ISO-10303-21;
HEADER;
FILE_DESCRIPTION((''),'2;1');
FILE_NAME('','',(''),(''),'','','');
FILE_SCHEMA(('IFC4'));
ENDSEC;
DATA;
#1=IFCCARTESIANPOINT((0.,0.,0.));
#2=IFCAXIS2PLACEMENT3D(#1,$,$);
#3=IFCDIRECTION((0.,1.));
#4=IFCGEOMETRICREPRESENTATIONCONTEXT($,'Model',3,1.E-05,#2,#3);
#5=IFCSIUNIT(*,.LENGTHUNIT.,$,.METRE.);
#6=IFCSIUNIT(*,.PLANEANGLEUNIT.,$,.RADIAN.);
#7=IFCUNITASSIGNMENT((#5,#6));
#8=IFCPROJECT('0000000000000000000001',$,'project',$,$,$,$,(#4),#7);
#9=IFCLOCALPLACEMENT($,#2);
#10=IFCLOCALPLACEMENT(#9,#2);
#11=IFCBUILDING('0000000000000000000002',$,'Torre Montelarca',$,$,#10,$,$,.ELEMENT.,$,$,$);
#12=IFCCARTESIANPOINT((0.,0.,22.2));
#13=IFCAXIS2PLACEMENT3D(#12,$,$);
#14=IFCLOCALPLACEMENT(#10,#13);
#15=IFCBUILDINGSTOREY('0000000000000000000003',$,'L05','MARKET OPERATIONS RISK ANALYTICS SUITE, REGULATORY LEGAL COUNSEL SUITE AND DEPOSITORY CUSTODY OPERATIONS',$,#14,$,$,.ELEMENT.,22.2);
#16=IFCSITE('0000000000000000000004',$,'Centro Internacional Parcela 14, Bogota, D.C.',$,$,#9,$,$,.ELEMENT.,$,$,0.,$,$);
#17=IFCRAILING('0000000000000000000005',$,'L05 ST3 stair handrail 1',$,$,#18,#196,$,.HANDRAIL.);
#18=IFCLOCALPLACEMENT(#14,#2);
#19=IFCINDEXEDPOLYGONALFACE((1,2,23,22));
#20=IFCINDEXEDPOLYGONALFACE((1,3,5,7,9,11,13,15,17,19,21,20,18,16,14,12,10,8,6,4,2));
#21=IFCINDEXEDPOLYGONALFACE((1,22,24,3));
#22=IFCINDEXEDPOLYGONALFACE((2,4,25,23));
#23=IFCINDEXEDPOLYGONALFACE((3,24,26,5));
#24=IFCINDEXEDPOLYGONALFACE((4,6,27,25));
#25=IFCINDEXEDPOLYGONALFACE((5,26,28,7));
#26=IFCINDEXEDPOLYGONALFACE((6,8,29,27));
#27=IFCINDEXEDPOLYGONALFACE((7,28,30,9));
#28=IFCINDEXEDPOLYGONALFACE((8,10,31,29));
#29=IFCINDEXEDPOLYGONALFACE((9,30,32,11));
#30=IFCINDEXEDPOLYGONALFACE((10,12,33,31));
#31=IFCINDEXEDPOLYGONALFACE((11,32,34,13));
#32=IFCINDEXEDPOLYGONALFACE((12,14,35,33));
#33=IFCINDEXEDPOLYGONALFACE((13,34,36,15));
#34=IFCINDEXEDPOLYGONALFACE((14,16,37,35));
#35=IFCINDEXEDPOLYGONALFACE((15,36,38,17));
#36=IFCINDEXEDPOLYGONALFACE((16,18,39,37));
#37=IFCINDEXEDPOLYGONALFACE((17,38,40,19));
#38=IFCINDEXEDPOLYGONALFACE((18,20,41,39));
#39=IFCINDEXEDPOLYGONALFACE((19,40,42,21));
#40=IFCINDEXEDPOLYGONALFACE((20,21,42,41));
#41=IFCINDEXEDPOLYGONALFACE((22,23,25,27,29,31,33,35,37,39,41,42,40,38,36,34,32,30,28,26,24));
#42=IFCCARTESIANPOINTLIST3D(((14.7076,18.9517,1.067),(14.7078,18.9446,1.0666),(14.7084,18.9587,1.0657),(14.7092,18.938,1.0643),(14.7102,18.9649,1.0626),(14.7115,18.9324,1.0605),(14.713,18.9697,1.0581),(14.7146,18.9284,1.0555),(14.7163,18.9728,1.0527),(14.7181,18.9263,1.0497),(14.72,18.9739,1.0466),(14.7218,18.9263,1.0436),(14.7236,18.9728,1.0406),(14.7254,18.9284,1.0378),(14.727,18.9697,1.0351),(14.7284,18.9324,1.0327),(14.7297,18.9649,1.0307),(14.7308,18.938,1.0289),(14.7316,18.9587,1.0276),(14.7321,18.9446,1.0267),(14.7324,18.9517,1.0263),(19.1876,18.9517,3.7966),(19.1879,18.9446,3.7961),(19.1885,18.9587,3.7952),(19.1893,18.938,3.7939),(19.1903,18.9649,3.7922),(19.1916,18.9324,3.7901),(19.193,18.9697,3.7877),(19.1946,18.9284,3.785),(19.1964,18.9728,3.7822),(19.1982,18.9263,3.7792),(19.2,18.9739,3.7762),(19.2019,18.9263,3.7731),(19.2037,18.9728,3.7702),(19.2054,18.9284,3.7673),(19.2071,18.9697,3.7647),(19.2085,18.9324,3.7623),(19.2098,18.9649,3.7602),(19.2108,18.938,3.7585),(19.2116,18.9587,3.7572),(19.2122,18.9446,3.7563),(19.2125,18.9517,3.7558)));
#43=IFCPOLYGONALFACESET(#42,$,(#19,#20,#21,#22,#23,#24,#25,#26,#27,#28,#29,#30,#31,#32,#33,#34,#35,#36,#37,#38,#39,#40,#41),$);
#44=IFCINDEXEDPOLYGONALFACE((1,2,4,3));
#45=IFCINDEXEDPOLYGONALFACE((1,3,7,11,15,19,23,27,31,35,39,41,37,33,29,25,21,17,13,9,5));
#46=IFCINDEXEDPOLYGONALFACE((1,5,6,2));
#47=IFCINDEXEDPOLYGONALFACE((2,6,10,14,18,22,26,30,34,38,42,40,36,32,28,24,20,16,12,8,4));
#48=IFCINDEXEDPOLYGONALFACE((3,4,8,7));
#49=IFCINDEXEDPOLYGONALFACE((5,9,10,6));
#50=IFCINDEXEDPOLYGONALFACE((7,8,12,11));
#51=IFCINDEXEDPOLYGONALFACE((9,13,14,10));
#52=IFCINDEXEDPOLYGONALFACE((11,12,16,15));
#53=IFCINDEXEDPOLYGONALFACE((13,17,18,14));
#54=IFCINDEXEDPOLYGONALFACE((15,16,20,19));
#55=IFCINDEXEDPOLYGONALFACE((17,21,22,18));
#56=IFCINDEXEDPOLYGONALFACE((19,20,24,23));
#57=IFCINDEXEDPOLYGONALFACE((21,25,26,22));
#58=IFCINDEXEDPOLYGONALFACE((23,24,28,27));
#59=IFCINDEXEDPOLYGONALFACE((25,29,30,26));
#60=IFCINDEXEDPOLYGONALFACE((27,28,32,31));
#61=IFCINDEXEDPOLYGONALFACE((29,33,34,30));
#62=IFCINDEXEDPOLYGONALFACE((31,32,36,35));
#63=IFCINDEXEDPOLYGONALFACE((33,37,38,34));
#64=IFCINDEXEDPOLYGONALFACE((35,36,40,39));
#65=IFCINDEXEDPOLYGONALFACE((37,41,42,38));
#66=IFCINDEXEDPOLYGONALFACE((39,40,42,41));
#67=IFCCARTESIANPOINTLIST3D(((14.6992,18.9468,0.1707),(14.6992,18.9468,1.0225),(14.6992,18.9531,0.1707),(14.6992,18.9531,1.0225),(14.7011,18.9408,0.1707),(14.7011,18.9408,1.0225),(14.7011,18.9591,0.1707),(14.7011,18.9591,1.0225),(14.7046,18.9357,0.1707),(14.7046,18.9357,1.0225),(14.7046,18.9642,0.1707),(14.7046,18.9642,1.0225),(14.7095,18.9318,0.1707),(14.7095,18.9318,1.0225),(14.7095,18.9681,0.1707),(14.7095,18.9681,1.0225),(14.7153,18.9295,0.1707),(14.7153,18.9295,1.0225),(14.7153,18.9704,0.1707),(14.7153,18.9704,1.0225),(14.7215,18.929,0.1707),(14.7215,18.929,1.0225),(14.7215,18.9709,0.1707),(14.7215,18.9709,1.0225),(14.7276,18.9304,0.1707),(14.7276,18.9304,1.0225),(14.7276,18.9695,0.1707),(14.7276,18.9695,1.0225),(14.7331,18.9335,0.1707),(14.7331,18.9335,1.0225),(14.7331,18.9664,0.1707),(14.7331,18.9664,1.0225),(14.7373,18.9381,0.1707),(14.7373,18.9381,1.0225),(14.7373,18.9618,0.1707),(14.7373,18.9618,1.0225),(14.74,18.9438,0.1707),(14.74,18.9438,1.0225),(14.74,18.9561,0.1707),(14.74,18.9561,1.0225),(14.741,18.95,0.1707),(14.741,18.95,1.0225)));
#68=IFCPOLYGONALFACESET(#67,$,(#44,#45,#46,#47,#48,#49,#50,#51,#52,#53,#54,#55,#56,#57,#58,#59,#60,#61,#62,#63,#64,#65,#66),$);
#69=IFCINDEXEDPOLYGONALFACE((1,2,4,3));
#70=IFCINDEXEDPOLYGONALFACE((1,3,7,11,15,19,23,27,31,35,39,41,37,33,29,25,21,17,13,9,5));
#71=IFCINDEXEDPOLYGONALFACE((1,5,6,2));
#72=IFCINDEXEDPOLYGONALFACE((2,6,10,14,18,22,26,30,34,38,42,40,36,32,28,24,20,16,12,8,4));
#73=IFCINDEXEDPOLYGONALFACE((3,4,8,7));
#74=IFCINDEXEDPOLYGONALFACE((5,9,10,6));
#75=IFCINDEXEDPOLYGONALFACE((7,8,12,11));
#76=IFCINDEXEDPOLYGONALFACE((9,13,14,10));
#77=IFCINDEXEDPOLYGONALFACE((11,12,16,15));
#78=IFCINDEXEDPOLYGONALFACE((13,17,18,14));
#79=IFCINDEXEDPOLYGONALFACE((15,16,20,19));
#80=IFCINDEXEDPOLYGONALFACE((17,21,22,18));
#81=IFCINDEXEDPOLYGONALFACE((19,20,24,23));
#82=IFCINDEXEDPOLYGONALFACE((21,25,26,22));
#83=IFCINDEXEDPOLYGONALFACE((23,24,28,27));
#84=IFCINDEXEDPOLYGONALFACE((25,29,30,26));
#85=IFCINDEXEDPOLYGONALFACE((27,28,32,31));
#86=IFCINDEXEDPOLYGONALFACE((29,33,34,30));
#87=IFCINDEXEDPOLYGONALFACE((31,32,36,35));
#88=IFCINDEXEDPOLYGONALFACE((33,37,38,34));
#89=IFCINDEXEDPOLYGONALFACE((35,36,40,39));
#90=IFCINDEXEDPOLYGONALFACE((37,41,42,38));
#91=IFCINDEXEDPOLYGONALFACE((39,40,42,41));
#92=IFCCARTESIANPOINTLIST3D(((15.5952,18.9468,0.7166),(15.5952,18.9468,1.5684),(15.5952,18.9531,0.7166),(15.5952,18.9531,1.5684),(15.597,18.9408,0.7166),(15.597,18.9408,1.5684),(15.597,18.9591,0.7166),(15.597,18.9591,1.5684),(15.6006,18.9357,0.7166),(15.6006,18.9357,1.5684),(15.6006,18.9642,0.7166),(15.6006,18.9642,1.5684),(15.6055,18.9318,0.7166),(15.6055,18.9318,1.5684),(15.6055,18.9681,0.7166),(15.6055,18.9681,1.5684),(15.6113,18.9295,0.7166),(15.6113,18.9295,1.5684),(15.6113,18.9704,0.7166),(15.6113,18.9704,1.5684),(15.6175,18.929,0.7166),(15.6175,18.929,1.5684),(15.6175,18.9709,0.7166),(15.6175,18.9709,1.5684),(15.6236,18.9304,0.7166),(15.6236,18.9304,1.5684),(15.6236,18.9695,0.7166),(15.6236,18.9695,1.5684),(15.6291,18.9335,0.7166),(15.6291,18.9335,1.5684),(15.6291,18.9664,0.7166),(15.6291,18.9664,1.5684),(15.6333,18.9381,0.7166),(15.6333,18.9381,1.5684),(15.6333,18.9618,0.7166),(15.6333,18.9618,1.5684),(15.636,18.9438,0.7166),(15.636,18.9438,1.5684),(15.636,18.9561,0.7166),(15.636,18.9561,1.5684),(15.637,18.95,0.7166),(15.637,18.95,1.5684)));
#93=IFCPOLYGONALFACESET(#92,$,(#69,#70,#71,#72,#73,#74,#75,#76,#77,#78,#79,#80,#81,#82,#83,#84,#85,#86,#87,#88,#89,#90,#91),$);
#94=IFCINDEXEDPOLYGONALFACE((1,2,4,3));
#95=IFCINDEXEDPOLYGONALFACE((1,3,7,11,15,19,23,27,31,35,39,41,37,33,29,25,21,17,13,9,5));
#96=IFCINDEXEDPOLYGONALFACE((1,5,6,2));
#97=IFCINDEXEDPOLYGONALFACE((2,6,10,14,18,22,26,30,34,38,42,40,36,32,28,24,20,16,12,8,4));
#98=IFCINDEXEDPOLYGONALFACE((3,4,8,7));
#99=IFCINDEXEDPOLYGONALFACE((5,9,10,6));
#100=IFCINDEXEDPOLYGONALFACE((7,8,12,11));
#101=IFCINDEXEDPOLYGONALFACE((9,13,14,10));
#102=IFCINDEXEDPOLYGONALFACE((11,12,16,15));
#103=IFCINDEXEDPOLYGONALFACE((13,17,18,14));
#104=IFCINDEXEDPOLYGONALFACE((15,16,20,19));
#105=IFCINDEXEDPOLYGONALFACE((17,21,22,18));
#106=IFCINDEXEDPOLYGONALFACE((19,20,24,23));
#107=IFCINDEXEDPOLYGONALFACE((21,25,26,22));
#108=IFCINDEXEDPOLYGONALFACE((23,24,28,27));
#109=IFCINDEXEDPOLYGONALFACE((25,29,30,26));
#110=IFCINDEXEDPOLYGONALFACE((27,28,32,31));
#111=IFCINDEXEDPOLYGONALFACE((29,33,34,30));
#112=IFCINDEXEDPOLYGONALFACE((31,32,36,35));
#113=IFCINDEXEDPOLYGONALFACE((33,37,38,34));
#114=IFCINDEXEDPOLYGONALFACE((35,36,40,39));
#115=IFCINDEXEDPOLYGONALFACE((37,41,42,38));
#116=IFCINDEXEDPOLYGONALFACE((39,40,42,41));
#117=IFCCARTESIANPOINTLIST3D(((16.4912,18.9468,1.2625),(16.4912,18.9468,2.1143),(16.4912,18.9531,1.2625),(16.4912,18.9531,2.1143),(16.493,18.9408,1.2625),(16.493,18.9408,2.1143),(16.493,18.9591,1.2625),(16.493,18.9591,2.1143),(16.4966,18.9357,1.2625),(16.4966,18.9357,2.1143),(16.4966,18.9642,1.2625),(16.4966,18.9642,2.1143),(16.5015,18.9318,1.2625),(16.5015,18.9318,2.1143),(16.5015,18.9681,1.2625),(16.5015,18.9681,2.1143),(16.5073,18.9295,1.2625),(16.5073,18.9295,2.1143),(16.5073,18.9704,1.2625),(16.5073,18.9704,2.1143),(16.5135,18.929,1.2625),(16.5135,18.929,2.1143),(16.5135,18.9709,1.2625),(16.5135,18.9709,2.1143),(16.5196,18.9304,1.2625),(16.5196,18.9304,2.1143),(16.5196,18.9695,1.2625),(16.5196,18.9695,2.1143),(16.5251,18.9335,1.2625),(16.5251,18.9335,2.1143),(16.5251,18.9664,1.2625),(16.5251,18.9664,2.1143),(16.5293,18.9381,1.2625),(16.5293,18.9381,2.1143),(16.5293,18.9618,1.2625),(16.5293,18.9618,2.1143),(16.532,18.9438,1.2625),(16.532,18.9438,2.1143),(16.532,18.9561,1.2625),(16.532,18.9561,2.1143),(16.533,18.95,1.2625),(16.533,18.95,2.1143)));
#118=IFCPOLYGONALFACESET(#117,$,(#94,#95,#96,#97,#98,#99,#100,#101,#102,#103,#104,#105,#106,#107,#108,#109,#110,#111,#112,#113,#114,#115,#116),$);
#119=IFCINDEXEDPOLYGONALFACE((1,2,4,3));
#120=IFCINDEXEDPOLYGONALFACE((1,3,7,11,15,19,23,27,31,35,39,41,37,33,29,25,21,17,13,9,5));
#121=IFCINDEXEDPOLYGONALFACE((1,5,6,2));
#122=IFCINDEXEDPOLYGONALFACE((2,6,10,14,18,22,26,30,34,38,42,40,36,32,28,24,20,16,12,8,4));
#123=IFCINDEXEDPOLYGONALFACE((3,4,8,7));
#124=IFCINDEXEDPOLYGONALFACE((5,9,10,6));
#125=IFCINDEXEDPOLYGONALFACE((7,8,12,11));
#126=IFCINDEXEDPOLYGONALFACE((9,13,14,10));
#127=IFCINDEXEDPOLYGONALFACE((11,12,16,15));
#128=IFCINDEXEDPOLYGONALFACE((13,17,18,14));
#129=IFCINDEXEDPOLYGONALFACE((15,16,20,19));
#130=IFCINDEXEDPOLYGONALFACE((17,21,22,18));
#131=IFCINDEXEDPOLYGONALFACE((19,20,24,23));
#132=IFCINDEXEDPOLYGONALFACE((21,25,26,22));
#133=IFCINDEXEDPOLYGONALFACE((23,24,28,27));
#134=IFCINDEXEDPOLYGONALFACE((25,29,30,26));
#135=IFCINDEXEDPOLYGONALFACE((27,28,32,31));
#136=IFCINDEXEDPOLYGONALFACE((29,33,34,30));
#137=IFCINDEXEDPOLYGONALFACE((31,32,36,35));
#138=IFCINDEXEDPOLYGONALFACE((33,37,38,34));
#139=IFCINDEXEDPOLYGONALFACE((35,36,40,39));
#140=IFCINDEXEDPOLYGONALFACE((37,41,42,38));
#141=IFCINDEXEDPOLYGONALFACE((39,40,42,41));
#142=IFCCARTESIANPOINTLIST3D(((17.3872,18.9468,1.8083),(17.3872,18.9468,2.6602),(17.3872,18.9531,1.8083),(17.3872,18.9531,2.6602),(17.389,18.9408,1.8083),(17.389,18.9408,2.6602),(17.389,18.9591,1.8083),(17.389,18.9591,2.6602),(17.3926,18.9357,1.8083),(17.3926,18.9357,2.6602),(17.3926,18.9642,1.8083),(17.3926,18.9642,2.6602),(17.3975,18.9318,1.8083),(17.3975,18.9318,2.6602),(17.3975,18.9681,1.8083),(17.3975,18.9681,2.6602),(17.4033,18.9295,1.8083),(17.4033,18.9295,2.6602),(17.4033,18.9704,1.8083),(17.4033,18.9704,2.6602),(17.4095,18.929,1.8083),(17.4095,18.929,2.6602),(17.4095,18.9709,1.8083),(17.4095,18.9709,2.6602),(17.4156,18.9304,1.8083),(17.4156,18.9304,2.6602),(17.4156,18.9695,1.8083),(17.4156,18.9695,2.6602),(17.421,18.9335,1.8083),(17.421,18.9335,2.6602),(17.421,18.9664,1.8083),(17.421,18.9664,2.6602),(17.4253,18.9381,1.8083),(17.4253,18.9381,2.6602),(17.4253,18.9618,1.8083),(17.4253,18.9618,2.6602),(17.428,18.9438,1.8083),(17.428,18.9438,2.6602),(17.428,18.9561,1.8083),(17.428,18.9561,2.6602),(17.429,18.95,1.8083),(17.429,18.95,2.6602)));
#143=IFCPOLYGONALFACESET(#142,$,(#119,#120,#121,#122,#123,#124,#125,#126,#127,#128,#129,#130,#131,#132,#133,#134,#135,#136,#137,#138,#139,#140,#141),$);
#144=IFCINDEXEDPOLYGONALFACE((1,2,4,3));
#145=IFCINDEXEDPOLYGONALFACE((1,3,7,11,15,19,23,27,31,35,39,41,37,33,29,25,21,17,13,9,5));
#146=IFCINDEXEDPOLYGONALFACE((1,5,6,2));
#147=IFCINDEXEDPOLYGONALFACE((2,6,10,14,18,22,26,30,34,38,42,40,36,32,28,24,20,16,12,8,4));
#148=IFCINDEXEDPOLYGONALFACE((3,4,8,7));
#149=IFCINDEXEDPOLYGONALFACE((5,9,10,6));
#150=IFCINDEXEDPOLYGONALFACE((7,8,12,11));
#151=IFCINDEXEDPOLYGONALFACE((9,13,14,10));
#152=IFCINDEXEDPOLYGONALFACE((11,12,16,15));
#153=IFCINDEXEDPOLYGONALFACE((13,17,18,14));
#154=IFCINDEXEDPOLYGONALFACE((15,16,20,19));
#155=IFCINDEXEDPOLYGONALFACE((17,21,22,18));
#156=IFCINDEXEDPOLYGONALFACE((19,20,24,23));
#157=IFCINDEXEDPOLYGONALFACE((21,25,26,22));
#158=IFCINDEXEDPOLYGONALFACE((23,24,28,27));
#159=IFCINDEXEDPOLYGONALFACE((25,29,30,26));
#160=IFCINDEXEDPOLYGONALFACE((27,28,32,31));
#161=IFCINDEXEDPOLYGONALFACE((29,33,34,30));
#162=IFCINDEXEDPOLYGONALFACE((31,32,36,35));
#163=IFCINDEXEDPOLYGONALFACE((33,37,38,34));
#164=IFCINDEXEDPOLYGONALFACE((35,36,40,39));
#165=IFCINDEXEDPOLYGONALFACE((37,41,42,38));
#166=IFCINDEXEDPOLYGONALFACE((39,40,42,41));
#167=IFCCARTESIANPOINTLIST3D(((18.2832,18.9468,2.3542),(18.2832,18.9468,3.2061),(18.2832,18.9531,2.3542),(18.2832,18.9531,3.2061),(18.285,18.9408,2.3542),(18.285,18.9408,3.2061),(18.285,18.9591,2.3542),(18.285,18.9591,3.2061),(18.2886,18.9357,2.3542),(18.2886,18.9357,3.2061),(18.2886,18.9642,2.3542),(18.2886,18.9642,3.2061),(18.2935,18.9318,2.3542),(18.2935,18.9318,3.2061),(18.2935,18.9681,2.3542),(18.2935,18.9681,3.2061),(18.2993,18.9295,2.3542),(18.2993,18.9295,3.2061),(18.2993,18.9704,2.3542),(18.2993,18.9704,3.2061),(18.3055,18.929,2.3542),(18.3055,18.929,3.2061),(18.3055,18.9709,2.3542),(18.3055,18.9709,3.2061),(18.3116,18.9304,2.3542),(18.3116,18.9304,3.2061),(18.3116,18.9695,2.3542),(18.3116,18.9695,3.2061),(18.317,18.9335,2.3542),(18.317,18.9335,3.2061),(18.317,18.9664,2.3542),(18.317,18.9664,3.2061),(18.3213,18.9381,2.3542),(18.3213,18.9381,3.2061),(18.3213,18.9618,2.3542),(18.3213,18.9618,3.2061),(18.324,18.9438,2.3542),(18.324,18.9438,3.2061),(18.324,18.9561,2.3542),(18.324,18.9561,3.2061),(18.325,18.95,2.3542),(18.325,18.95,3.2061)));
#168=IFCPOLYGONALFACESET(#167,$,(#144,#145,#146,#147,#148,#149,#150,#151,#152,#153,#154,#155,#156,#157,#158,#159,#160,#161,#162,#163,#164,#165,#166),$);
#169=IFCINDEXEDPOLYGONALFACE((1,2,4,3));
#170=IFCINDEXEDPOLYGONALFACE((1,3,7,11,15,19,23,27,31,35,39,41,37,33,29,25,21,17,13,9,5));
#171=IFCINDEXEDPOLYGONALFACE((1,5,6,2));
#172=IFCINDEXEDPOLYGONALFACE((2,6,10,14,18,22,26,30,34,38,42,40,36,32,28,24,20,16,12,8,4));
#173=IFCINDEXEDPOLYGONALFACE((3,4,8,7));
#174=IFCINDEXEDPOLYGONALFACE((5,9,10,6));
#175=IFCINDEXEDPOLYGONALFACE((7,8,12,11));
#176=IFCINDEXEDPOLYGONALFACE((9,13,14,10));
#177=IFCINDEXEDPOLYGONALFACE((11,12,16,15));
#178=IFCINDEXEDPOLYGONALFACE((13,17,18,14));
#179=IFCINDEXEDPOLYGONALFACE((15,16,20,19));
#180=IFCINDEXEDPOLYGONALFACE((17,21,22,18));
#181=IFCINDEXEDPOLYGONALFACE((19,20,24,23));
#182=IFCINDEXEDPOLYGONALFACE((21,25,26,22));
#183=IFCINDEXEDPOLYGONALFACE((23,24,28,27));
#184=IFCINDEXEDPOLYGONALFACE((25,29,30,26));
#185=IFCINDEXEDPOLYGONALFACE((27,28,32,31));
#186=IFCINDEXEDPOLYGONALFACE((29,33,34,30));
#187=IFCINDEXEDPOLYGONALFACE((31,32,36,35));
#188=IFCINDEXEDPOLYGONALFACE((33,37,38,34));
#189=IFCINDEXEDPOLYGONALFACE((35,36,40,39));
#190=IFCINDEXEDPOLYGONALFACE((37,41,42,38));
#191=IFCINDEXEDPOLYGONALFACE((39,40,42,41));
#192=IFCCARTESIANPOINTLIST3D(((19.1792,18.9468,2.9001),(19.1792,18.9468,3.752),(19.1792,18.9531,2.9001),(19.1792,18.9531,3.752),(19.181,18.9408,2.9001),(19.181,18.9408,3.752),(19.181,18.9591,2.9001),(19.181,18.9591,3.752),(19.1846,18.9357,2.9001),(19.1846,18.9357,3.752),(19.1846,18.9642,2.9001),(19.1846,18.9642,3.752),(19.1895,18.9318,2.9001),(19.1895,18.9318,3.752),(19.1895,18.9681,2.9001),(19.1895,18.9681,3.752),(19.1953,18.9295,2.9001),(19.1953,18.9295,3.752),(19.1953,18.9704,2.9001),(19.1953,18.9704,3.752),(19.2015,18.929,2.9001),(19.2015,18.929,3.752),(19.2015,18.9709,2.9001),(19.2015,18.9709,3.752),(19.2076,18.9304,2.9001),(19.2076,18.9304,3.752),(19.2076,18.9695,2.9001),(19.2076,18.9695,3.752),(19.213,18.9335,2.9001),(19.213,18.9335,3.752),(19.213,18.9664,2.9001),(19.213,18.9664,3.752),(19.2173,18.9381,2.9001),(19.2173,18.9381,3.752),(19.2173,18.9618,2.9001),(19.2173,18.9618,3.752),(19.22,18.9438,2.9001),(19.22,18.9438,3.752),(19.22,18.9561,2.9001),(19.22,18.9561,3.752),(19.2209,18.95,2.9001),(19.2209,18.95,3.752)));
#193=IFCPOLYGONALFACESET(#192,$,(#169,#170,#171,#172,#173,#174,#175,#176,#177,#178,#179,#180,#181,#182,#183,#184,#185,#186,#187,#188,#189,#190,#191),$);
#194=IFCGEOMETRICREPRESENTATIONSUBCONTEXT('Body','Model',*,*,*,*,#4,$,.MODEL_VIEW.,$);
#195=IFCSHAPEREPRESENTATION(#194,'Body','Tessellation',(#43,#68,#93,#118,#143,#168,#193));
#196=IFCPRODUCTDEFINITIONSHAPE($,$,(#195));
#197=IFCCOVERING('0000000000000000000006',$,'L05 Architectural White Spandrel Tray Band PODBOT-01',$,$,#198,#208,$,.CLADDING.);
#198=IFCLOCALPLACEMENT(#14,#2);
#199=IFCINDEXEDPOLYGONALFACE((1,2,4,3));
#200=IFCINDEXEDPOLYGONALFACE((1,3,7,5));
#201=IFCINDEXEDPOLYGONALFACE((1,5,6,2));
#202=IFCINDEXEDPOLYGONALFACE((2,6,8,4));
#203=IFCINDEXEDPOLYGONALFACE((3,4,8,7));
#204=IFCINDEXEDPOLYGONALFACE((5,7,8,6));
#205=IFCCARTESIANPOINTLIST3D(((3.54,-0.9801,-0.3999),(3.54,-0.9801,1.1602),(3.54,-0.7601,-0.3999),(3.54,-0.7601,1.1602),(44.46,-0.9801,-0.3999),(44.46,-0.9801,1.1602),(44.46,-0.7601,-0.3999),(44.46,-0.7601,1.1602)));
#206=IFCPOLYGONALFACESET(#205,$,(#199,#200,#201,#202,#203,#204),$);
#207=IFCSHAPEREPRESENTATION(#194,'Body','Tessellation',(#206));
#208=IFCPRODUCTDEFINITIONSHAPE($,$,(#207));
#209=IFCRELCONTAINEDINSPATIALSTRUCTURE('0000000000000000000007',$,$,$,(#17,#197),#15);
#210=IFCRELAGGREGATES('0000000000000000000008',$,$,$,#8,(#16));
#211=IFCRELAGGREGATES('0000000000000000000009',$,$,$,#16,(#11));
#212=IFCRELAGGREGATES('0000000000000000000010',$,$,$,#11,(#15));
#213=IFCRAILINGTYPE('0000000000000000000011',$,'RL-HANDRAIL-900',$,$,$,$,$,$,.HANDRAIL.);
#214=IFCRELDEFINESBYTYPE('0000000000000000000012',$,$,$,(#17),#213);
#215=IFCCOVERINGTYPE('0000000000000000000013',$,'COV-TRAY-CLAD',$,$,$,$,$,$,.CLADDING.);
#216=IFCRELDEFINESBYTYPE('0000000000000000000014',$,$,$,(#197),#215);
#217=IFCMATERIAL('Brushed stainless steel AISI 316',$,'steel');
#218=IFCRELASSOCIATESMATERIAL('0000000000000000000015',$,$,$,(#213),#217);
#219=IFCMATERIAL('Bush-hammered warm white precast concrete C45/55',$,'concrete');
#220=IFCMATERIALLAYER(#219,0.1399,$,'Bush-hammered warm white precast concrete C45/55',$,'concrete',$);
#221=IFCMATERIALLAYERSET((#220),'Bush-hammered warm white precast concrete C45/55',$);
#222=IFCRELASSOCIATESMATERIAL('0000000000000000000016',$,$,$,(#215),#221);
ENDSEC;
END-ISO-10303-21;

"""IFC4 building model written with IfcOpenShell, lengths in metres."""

from ifc_helpers import new_model, si_unit, direction, frame, origin, origin_2d, place, context, subcontext, project, spatial, rectangle, circle, extrude, source, transform, mapped, material, layer, layer_set, type_object, element, save


model = new_model("IFC4")

# Units and contexts
model_context = context("Model", 3, precision=1e-05, world=origin(), true_north=direction((0.0, 1.0)))
body_context = subcontext(model_context, "Body", "Model", "MODEL_VIEW")
ifc_project = project(units=[si_unit("LENGTHUNIT", "METRE"), si_unit("PLANEANGLEUNIT", "RADIAN")], contexts=[model_context])

# Site, building, storey
site_placement = place(None, origin())
site = spatial("IfcSite", under=ifc_project, at=site_placement, Name="Centro Internacional Parcela 14, Bogota, D.C.", CompositionType="ELEMENT", RefElevation=0.0)
building_placement = place(site_placement, origin())
building = spatial("IfcBuilding", under=site, at=building_placement, Name="Torre Montelarca", CompositionType="ELEMENT")
storey_placement = place(building_placement, frame((0.0, 0.0, 22.2)))
storey = spatial("IfcBuildingStorey", under=building, at=storey_placement, Name="L05", Description="MARKET OPERATIONS RISK ANALYTICS SUITE, REGULATORY LEGAL COUNSEL SUITE AND DEPOSITORY CUSTODY OPERATIONS", CompositionType="ELEMENT", Elevation=22.2)

# Railing
ifc_material_1 = material(Name="Brushed stainless steel AISI 316", Category="steel")
railing_type = type_object("IfcRailingType", Name="RL-HANDRAIL-900", PredefinedType="HANDRAIL", material=ifc_material_1)
railing_placement = place(storey_placement, frame((14.72, 18.95, 0.1707)))
element("IfcRailing", 1, at=railing_placement, inside=storey, type_object=railing_type, Name="L05 ST3 stair handrail 1", PredefinedType="HANDRAIL", context=body_context, shape_type="SweptSolid", body=[
    extrude(circle(Radius=0.0239, at=origin_2d()), frame((0.0, 0.0, 0.876), z_axis=(0.853983, 0.0, 0.520301), x_axis=(0.0, 1.0, 0.0)), (0.0, 0.0, 1.0), 5.2461),
    extrude(circle(Radius=0.021, at=origin_2d()), origin(), (0.0, 0.0, 1.0), 0.8518),
    extrude(circle(Radius=0.021, at=origin_2d()), frame((0.896, 0.0, 0.5459)), (0.0, 0.0, 1.0), 0.8518),
    extrude(circle(Radius=0.021, at=origin_2d()), frame((1.792, 0.0, 1.0918)), (0.0, 0.0, 1.0), 0.8518),
    extrude(circle(Radius=0.021, at=origin_2d()), frame((2.688, 0.0, 1.6377)), (0.0, 0.0, 1.0), 0.8518),
    extrude(circle(Radius=0.021, at=origin_2d()), frame((3.584, 0.0, 2.1836)), (0.0, 0.0, 1.0), 0.8518),
    extrude(circle(Radius=0.021, at=origin_2d()), frame((4.48, 0.0, 2.7295)), (0.0, 0.0, 1.0), 0.8518),
])

# Covering
ifc_material_2 = material(Name="Bush-hammered warm white precast concrete C45/55", Category="concrete")
ifc_layer_1 = layer(ifc_material_2, 0.1399, Name="Bush-hammered warm white precast concrete C45/55", Category="concrete")
ifc_layer_set_1 = layer_set([ifc_layer_1], Name="Bush-hammered warm white precast concrete C45/55")
covering_type = type_object("IfcCoveringType", Name="COV-TRAY-CLAD", PredefinedType="CLADDING", material=ifc_layer_set_1)
shared_shape_1 = source(origin(), body_context, "Body", "SweptSolid", [
    extrude(rectangle(XDim=40.9199, YDim=0.22, at=origin_2d()), origin(), (0.0, 0.0, 1.0), 1.5601),
])
covering_1_placement = place(storey_placement, frame((24.0, -0.8701, -0.3999), z_axis=(0.0, 0.0, 1.0), x_axis=(1.0, 0.0, 0.0)))
element("IfcCovering", 2, at=covering_1_placement, inside=storey, type_object=covering_type, Name="L05 Architectural White Spandrel Tray Band PODBOT-01", PredefinedType="CLADDING", context=body_context, shape_type="MappedRepresentation", body=[
    mapped(shared_shape_1, transform((0.0, 0.0, 0.0), scale=1.0)),
])

save(model, "model.ifc")
